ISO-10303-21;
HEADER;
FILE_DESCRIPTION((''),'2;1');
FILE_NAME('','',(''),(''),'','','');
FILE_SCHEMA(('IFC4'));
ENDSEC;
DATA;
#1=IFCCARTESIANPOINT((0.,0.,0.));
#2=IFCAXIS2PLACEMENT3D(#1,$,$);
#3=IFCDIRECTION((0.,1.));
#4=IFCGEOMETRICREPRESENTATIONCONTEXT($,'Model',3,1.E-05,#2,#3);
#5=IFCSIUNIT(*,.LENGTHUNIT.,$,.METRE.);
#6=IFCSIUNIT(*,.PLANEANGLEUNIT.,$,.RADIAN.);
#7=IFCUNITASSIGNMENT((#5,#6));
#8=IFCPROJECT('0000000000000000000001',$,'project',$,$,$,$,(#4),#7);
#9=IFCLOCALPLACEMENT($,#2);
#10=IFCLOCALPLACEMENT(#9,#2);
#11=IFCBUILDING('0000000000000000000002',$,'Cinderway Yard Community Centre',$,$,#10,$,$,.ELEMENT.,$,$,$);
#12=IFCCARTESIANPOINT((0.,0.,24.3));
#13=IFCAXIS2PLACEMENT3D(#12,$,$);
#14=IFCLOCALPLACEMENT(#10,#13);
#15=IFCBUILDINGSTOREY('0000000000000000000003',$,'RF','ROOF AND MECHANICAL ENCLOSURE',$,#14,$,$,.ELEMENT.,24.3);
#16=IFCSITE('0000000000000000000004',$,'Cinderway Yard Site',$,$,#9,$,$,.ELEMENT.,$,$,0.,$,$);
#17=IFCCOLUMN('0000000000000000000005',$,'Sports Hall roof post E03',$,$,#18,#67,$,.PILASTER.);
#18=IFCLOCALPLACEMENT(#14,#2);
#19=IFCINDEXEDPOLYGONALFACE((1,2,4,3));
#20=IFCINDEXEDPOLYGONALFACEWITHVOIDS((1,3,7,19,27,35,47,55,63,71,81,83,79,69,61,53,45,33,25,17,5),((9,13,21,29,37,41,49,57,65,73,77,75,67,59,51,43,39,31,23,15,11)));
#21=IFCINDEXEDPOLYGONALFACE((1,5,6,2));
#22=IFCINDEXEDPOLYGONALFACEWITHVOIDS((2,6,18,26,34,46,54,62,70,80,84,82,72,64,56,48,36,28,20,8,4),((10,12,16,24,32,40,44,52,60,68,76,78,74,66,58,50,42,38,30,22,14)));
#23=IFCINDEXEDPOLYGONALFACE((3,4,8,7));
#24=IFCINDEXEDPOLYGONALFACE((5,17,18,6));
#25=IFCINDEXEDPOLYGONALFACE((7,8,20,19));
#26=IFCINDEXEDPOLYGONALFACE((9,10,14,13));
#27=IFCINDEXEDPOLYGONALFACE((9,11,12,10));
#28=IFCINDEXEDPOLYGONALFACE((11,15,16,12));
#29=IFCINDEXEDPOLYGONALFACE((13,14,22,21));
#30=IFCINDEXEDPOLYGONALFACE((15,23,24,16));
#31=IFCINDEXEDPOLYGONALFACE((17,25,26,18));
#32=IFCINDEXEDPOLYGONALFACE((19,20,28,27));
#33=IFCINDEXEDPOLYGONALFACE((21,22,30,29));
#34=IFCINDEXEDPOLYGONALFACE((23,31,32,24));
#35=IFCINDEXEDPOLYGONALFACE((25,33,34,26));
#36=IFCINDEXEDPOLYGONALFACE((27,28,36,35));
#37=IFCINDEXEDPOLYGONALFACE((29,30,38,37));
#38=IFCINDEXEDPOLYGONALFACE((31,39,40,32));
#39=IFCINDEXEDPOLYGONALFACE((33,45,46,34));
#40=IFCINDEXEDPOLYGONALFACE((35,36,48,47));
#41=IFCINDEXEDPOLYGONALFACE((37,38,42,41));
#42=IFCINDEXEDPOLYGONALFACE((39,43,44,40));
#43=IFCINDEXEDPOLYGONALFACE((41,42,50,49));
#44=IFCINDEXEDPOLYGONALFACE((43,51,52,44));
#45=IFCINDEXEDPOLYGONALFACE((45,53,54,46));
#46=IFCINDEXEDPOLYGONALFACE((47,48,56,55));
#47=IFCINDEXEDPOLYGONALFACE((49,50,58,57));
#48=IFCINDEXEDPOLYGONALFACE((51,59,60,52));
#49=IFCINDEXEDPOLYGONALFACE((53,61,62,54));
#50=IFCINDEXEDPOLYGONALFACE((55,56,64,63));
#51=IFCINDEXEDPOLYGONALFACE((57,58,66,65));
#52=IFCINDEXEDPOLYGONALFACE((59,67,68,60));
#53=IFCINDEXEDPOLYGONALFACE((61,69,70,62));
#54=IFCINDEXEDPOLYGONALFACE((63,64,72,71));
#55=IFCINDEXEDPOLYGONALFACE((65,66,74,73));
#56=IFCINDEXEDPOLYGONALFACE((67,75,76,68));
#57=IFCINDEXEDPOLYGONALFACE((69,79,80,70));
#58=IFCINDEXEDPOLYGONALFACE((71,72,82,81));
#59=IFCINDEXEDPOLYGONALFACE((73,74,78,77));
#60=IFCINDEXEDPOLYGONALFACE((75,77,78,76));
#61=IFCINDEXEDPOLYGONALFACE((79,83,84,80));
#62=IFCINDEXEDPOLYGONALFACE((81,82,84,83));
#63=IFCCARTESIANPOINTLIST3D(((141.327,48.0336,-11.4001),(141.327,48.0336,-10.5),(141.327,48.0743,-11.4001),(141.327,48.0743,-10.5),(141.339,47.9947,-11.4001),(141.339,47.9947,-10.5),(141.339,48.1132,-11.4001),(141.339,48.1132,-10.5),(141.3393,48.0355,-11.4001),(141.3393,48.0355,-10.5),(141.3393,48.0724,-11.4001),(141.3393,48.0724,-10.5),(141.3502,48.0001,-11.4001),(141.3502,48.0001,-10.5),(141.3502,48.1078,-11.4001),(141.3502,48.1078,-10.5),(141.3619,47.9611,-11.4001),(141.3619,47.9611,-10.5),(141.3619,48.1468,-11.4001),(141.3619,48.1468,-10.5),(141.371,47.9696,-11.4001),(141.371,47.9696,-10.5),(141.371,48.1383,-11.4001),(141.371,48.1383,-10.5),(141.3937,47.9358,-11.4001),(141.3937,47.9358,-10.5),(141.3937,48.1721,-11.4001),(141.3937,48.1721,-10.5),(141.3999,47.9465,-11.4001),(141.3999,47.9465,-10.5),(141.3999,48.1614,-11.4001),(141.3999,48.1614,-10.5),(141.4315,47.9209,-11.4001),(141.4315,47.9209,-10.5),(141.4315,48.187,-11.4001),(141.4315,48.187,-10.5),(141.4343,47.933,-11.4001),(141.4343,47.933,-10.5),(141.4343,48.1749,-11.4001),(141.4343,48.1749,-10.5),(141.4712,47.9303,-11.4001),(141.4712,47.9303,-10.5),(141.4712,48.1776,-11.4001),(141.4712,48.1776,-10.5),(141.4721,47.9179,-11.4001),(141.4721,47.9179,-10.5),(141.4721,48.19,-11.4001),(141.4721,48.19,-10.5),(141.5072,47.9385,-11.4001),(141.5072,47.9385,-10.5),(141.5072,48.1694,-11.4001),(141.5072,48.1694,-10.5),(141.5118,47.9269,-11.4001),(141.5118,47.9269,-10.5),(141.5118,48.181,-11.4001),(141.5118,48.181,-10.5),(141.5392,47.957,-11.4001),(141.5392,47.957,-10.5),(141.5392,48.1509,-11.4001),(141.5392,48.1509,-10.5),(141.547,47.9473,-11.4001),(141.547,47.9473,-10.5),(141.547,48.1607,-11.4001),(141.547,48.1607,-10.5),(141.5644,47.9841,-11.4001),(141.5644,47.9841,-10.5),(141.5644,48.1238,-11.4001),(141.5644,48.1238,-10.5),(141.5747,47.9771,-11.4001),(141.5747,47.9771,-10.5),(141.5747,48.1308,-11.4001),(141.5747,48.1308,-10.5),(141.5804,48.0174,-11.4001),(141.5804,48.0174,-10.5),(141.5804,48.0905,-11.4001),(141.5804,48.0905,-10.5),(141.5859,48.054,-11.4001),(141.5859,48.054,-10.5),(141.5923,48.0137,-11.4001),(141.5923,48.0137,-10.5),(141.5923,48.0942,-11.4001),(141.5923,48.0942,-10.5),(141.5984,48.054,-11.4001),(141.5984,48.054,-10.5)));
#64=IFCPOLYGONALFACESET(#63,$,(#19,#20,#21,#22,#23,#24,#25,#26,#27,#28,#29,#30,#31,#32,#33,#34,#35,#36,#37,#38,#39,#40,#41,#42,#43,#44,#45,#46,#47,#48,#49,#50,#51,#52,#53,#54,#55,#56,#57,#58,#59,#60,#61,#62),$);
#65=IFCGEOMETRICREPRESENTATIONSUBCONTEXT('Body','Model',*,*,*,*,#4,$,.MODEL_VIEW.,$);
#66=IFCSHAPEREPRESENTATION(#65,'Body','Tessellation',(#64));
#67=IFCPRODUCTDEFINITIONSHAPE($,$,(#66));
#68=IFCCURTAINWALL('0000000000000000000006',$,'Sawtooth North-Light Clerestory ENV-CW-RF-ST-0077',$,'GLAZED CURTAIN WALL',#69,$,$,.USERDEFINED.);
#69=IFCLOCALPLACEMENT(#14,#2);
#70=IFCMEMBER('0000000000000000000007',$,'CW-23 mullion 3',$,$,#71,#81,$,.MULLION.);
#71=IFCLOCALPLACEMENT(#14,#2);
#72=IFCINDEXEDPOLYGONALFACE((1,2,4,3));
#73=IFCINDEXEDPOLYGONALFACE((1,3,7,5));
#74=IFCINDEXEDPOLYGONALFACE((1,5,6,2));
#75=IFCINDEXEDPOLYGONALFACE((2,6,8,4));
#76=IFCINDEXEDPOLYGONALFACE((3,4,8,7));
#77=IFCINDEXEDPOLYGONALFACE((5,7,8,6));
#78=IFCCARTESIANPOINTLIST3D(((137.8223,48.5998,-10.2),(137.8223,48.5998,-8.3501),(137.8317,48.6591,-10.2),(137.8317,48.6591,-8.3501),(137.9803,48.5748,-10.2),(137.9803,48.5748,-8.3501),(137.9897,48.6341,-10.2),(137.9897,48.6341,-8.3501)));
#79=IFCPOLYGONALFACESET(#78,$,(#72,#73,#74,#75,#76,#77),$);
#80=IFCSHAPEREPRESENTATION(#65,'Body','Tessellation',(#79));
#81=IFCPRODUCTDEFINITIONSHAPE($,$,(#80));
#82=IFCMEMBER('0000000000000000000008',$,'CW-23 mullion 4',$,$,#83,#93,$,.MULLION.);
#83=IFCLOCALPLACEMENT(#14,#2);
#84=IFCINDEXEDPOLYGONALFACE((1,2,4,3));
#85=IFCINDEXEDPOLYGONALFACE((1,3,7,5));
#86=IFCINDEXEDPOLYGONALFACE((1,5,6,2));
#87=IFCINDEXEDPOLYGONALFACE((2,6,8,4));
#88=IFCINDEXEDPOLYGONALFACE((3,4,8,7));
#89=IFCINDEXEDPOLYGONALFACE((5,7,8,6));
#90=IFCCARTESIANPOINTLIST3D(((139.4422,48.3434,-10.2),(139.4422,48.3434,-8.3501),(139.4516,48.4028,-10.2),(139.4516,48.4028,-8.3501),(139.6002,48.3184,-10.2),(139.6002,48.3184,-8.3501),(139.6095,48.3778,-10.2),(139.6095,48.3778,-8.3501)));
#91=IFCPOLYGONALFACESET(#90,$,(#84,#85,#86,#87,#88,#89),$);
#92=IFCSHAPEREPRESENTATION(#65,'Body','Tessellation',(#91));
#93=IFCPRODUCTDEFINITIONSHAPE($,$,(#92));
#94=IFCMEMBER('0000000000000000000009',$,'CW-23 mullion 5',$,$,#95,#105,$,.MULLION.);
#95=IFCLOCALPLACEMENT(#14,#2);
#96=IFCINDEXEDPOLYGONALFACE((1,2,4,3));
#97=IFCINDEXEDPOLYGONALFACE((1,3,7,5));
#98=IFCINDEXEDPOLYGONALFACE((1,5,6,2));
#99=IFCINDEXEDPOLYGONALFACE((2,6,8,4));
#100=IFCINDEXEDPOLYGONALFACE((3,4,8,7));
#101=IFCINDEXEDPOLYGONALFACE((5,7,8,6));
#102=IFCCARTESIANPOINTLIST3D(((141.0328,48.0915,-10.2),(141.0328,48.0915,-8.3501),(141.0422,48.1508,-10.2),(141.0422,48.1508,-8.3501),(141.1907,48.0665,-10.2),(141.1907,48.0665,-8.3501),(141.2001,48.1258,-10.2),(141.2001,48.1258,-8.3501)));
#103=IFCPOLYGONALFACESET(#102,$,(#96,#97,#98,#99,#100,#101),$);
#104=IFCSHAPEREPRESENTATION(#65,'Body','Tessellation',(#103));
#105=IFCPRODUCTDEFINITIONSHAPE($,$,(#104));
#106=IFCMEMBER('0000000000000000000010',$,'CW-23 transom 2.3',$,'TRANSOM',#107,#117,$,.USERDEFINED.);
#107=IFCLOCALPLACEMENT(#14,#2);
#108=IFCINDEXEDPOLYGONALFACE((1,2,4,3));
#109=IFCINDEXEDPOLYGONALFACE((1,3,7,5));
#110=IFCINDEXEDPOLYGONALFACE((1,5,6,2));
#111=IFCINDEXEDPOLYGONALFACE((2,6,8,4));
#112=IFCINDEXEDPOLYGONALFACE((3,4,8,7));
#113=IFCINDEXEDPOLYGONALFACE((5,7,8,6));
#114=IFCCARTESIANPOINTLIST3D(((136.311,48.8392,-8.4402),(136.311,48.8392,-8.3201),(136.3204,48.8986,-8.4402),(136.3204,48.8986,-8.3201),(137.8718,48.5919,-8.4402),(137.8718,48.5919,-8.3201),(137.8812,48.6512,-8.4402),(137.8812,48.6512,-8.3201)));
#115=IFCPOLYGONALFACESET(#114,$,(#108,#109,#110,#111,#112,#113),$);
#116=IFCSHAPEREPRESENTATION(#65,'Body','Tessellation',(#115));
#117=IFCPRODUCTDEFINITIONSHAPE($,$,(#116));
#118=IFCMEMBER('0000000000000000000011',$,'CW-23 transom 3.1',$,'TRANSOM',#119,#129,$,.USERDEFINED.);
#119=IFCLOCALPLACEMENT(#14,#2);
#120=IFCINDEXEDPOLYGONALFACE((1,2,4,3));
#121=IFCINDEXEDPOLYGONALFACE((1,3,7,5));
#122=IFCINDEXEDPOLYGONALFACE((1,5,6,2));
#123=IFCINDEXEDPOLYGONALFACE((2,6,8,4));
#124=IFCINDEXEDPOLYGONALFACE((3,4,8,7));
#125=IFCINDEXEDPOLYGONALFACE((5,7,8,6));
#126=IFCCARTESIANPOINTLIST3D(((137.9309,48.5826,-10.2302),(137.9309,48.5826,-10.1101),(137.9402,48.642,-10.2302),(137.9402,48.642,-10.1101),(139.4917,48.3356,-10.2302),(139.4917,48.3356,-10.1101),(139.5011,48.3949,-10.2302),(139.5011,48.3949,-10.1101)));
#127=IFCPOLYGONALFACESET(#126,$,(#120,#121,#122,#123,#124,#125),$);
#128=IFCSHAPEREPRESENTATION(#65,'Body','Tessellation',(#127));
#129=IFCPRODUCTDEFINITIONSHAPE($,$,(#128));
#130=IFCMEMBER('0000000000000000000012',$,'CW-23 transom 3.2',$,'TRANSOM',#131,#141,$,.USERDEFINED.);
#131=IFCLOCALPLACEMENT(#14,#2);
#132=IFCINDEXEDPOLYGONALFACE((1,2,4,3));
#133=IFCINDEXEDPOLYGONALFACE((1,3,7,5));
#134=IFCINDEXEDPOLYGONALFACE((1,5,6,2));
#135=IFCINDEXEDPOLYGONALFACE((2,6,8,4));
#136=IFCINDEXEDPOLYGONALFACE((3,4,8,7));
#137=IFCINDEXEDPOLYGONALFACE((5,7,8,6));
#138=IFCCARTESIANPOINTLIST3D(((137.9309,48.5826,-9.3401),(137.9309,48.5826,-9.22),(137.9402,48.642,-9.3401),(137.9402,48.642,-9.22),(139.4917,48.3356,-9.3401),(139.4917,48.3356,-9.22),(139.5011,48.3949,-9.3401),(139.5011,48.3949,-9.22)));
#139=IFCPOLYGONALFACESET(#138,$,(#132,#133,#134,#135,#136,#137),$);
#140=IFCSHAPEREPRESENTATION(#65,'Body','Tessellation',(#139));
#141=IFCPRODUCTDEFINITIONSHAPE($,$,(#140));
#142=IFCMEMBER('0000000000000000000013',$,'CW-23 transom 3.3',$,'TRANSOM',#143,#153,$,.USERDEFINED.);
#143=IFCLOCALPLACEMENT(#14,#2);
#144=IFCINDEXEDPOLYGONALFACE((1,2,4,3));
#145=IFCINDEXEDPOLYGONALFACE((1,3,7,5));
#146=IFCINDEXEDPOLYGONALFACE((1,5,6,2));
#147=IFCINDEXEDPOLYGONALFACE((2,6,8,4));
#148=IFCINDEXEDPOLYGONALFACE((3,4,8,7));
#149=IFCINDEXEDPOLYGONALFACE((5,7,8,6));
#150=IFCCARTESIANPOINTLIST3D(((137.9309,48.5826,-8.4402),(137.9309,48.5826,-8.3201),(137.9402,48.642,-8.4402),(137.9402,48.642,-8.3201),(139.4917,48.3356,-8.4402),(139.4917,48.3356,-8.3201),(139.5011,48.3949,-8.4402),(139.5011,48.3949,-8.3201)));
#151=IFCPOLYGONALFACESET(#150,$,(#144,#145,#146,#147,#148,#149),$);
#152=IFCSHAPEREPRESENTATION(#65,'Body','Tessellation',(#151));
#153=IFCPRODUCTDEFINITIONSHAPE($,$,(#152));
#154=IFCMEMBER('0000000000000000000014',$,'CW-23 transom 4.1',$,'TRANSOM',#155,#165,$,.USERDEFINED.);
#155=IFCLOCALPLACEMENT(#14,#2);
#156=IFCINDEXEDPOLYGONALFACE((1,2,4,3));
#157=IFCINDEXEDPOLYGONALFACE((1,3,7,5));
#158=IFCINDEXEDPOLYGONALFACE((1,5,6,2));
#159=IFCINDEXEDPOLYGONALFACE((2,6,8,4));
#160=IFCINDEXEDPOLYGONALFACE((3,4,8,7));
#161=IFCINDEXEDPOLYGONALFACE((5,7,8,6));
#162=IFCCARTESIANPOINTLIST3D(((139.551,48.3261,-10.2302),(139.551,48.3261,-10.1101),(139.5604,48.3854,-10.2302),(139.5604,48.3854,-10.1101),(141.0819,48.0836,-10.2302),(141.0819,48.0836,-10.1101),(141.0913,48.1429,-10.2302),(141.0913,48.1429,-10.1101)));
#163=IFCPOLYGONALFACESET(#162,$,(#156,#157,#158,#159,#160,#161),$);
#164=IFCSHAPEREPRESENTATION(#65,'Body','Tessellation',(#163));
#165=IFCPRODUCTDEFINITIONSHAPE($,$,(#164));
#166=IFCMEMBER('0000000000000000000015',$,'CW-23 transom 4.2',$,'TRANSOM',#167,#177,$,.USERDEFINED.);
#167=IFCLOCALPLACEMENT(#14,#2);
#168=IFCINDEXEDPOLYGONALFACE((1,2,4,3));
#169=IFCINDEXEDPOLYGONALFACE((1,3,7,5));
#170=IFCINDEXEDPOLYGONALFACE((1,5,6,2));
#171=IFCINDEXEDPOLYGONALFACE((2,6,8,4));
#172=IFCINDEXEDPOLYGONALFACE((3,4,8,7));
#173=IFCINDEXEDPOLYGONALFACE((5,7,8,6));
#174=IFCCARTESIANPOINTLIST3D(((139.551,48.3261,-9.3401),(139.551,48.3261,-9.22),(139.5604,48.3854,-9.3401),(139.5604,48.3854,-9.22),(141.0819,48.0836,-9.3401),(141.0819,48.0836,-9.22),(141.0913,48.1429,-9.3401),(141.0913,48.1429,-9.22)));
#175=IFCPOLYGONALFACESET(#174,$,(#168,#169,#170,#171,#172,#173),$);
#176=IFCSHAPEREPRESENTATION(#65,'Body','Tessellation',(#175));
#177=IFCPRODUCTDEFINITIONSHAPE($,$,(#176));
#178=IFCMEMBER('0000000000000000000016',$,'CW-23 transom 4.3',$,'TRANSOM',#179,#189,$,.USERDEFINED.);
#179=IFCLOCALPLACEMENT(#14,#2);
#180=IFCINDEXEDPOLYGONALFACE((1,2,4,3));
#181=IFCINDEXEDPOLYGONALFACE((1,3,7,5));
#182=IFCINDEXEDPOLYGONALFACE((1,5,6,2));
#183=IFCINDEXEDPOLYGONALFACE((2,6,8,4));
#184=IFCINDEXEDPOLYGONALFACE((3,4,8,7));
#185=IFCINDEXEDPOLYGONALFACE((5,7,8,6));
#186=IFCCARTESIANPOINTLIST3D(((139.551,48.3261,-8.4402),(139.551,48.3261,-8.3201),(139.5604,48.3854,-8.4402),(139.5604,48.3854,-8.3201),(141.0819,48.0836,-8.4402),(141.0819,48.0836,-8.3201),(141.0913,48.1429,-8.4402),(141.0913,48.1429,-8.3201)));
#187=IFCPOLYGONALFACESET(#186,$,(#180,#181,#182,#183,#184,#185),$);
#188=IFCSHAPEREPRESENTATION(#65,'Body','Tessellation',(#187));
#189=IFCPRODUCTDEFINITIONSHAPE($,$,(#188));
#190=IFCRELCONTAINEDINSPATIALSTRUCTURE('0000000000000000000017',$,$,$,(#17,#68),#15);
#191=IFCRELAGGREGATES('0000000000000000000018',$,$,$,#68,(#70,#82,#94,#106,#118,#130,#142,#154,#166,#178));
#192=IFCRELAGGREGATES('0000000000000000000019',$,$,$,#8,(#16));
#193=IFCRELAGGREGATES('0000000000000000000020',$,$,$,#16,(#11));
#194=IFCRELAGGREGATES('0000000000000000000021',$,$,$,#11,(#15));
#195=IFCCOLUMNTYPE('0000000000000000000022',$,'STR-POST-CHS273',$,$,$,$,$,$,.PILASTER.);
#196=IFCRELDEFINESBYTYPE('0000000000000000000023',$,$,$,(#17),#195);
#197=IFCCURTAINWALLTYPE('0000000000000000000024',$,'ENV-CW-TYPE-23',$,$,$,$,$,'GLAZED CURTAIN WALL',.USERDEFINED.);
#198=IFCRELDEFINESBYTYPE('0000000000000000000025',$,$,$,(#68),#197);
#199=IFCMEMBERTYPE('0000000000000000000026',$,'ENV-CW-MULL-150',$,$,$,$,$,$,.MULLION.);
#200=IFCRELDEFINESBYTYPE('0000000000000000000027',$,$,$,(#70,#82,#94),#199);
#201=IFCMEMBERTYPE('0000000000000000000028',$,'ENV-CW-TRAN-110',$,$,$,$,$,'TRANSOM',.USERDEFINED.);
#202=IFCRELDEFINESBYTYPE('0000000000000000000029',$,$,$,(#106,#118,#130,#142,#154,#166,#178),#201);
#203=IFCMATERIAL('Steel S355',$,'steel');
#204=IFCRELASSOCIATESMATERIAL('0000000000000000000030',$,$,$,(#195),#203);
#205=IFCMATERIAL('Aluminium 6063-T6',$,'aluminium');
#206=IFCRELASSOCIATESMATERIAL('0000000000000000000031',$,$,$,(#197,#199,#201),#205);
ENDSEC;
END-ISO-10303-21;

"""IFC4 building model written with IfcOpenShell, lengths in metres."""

from ifc_helpers import new_model, si_unit, direction, frame, origin, origin_2d, place, context, subcontext, project, spatial, rectangle, hollow_circle, extrude, material, material_profile, profile_set, type_object, element, aggregate, save


model = new_model("IFC4")

# Units and contexts
model_context = context("Model", 3, precision=1e-05, world=origin(), true_north=direction((0.0, 1.0)))
body_context = subcontext(model_context, "Body", "Model", "MODEL_VIEW")
ifc_project = project(units=[si_unit("LENGTHUNIT", "METRE"), si_unit("PLANEANGLEUNIT", "RADIAN")], contexts=[model_context])

# Site, building, storey
site_placement = place(None, origin())
site = spatial("IfcSite", under=ifc_project, at=site_placement, Name="Cinderway Yard Site", CompositionType="ELEMENT", RefElevation=0.0)
building_placement = place(site_placement, origin())
building = spatial("IfcBuilding", under=site, at=building_placement, Name="Cinderway Yard Community Centre", CompositionType="ELEMENT")
storey_placement = place(building_placement, frame((0.0, 0.0, 24.3)))
storey = spatial("IfcBuildingStorey", under=building, at=storey_placement, Name="RF", Description="ROOF AND MECHANICAL ENCLOSURE", CompositionType="ELEMENT", Elevation=24.3)

# Column
ifc_material_1 = material(Name="Steel S355", Category="steel")
ifc_material_profile_1 = material_profile(ifc_material_1, hollow_circle(Radius=0.1365, WallThickness=0.0125, at=origin_2d()), Name="Steel S355")
ifc_profile_set_1 = profile_set([ifc_material_profile_1], Name="Steel S355")
column_type = type_object("IfcColumnType", Name="STR-POST-CHS273", PredefinedType="PILASTER", material=ifc_profile_set_1)
column_placement = place(storey_placement, frame((141.4619, 48.054, -11.4001), z_axis=(0.0, 0.0, 1.0), x_axis=(1.0, 0.0, 0.0)))
element("IfcColumn", 1, at=column_placement, inside=storey, type_object=column_type, Name="Sports Hall roof post E03", PredefinedType="PILASTER", context=body_context, shape_type="SweptSolid", body=[
    extrude(hollow_circle(Radius=0.1365, WallThickness=0.0125, at=origin_2d()), origin(), (0.0, 0.0, 1.0), 0.9001),
])

# Curtain wall, members
ifc_material_2 = material(Name="Aluminium 6063-T6", Category="aluminium")
curtain_wall_type = type_object("IfcCurtainWallType", Name="ENV-CW-TYPE-23", ElementType="GLAZED CURTAIN WALL", PredefinedType="USERDEFINED", material=ifc_material_2)
curtain_wall_placement = place(storey_placement, origin())
curtain_wall = element("IfcCurtainWall", 2, at=curtain_wall_placement, inside=storey, type_object=curtain_wall_type, Name="Sawtooth North-Light Clerestory ENV-CW-RF-ST-0077", ObjectType="GLAZED CURTAIN WALL", PredefinedType="USERDEFINED")
ifc_material_profile_2 = material_profile(ifc_material_2, rectangle(XDim=0.0601, YDim=0.1599, at=origin_2d()), Name="Aluminium 6063-T6")
ifc_profile_set_2 = profile_set([ifc_material_profile_2], Name="Aluminium 6063-T6")
member_type_1 = type_object("IfcMemberType", Name="ENV-CW-MULL-150", PredefinedType="MULLION", material=ifc_profile_set_2)
member_1_placement = place(storey_placement, frame((137.906, 48.6169, -10.2), z_axis=(0.0, 0.0, 1.0), x_axis=(0.156385, 0.987696, 0.0)))
member_1 = element("IfcMember", 3, at=member_1_placement, type_object=member_type_1, Name="CW-23 mullion 3", PredefinedType="MULLION", context=body_context, shape_type="SweptSolid", body=[
    extrude(rectangle(XDim=0.0601, YDim=0.1599, at=origin_2d()), origin(), (0.0, 0.0, 1.0), 1.8499),
])
member_2_placement = place(storey_placement, frame((139.5259, 48.3606, -10.2), z_axis=(0.0, 0.0, 1.0), x_axis=(0.156385, 0.987696, 0.0)))
member_2 = element("IfcMember", 4, at=member_2_placement, type_object=member_type_1, Name="CW-23 mullion 4", PredefinedType="MULLION", context=body_context, shape_type="SweptSolid", body=[
    extrude(rectangle(XDim=0.0601, YDim=0.1599, at=origin_2d()), origin(), (0.0, 0.0, 1.0), 1.8499),
])
member_3_placement = place(storey_placement, frame((141.1165, 48.1086, -10.2), z_axis=(0.0, 0.0, 1.0), x_axis=(0.156385, 0.987696, 0.0)))
member_3 = element("IfcMember", 5, at=member_3_placement, type_object=member_type_1, Name="CW-23 mullion 5", PredefinedType="MULLION", context=body_context, shape_type="SweptSolid", body=[
    extrude(rectangle(XDim=0.0601, YDim=0.1599, at=origin_2d()), origin(), (0.0, 0.0, 1.0), 1.8499),
])
ifc_material_profile_3 = material_profile(ifc_material_2, rectangle(XDim=0.0601, YDim=0.1201, at=origin_2d()), Name="Aluminium 6063-T6")
ifc_profile_set_3 = profile_set([ifc_material_profile_3], Name="Aluminium 6063-T6")
member_type_2 = type_object("IfcMemberType", Name="ENV-CW-TRAN-110", ElementType="TRANSOM", PredefinedType="USERDEFINED", material=ifc_profile_set_3)
member_4_placement = place(storey_placement, frame((136.3157, 48.8689, -8.3801), z_axis=(0.987678, -0.156502, 0.0), x_axis=(0.156502, 0.987678, 0.0)))
member_4 = element("IfcMember", 6, at=member_4_placement, type_object=member_type_2, Name="CW-23 transom 2.3", ObjectType="TRANSOM", PredefinedType="USERDEFINED", context=body_context, shape_type="SweptSolid", body=[
    extrude(rectangle(XDim=0.0601, YDim=0.1201, at=origin_2d()), origin(), (0.0, 0.0, 1.0), 1.5803),
])
member_5_placement = place(storey_placement, frame((137.9355, 48.6123, -10.1702), z_axis=(0.987702, -0.156351, 0.0), x_axis=(0.156351, 0.987702, 0.0)))
member_5 = element("IfcMember", 7, at=member_5_placement, type_object=member_type_2, Name="CW-23 transom 3.1", ObjectType="TRANSOM", PredefinedType="USERDEFINED", context=body_context, shape_type="SweptSolid", body=[
    extrude(rectangle(XDim=0.0601, YDim=0.1201, at=origin_2d()), origin(), (0.0, 0.0, 1.0), 1.5803),
])
member_6_placement = place(storey_placement, frame((137.9355, 48.6123, -9.28), z_axis=(0.987702, -0.156351, 0.0), x_axis=(0.156351, 0.987702, 0.0)))
member_6 = element("IfcMember", 8, at=member_6_placement, type_object=member_type_2, Name="CW-23 transom 3.2", ObjectType="TRANSOM", PredefinedType="USERDEFINED", context=body_context, shape_type="SweptSolid", body=[
    extrude(rectangle(XDim=0.0601, YDim=0.1201, at=origin_2d()), origin(), (0.0, 0.0, 1.0), 1.5803),
])
member_7_placement = place(storey_placement, frame((137.9355, 48.6123, -8.3801), z_axis=(0.987702, -0.156351, 0.0), x_axis=(0.156351, 0.987702, 0.0)))
member_7 = element("IfcMember", 9, at=member_7_placement, type_object=member_type_2, Name="CW-23 transom 3.3", ObjectType="TRANSOM", PredefinedType="USERDEFINED", context=body_context, shape_type="SweptSolid", body=[
    extrude(rectangle(XDim=0.0601, YDim=0.1201, at=origin_2d()), origin(), (0.0, 0.0, 1.0), 1.5803),
])
member_8_placement = place(storey_placement, frame((139.5557, 48.3557, -10.1702), z_axis=(0.987694, -0.156399, 0.0), x_axis=(0.156399, 0.987694, 0.0)))
member_8 = element("IfcMember", 10, at=member_8_placement, type_object=member_type_2, Name="CW-23 transom 4.1", ObjectType="TRANSOM", PredefinedType="USERDEFINED", context=body_context, shape_type="SweptSolid", body=[
    extrude(rectangle(XDim=0.0601, YDim=0.1201, at=origin_2d()), origin(), (0.0, 0.0, 1.0), 1.55),
])
member_9_placement = place(storey_placement, frame((139.5557, 48.3557, -9.28), z_axis=(0.987694, -0.156399, 0.0), x_axis=(0.156399, 0.987694, 0.0)))
member_9 = element("IfcMember", 11, at=member_9_placement, type_object=member_type_2, Name="CW-23 transom 4.2", ObjectType="TRANSOM", PredefinedType="USERDEFINED", context=body_context, shape_type="SweptSolid", body=[
    extrude(rectangle(XDim=0.0601, YDim=0.1201, at=origin_2d()), origin(), (0.0, 0.0, 1.0), 1.55),
])
member_10_placement = place(storey_placement, frame((139.5557, 48.3557, -8.3801), z_axis=(0.987694, -0.156399, 0.0), x_axis=(0.156399, 0.987694, 0.0)))
member_10 = element("IfcMember", 12, at=member_10_placement, type_object=member_type_2, Name="CW-23 transom 4.3", ObjectType="TRANSOM", PredefinedType="USERDEFINED", context=body_context, shape_type="SweptSolid", body=[
    extrude(rectangle(XDim=0.0601, YDim=0.1201, at=origin_2d()), origin(), (0.0, 0.0, 1.0), 1.55),
])

aggregate(curtain_wall, [member_1, member_2, member_3, member_4, member_5, member_6, member_7, member_8, member_9, member_10])

save(model, "model.ifc")
